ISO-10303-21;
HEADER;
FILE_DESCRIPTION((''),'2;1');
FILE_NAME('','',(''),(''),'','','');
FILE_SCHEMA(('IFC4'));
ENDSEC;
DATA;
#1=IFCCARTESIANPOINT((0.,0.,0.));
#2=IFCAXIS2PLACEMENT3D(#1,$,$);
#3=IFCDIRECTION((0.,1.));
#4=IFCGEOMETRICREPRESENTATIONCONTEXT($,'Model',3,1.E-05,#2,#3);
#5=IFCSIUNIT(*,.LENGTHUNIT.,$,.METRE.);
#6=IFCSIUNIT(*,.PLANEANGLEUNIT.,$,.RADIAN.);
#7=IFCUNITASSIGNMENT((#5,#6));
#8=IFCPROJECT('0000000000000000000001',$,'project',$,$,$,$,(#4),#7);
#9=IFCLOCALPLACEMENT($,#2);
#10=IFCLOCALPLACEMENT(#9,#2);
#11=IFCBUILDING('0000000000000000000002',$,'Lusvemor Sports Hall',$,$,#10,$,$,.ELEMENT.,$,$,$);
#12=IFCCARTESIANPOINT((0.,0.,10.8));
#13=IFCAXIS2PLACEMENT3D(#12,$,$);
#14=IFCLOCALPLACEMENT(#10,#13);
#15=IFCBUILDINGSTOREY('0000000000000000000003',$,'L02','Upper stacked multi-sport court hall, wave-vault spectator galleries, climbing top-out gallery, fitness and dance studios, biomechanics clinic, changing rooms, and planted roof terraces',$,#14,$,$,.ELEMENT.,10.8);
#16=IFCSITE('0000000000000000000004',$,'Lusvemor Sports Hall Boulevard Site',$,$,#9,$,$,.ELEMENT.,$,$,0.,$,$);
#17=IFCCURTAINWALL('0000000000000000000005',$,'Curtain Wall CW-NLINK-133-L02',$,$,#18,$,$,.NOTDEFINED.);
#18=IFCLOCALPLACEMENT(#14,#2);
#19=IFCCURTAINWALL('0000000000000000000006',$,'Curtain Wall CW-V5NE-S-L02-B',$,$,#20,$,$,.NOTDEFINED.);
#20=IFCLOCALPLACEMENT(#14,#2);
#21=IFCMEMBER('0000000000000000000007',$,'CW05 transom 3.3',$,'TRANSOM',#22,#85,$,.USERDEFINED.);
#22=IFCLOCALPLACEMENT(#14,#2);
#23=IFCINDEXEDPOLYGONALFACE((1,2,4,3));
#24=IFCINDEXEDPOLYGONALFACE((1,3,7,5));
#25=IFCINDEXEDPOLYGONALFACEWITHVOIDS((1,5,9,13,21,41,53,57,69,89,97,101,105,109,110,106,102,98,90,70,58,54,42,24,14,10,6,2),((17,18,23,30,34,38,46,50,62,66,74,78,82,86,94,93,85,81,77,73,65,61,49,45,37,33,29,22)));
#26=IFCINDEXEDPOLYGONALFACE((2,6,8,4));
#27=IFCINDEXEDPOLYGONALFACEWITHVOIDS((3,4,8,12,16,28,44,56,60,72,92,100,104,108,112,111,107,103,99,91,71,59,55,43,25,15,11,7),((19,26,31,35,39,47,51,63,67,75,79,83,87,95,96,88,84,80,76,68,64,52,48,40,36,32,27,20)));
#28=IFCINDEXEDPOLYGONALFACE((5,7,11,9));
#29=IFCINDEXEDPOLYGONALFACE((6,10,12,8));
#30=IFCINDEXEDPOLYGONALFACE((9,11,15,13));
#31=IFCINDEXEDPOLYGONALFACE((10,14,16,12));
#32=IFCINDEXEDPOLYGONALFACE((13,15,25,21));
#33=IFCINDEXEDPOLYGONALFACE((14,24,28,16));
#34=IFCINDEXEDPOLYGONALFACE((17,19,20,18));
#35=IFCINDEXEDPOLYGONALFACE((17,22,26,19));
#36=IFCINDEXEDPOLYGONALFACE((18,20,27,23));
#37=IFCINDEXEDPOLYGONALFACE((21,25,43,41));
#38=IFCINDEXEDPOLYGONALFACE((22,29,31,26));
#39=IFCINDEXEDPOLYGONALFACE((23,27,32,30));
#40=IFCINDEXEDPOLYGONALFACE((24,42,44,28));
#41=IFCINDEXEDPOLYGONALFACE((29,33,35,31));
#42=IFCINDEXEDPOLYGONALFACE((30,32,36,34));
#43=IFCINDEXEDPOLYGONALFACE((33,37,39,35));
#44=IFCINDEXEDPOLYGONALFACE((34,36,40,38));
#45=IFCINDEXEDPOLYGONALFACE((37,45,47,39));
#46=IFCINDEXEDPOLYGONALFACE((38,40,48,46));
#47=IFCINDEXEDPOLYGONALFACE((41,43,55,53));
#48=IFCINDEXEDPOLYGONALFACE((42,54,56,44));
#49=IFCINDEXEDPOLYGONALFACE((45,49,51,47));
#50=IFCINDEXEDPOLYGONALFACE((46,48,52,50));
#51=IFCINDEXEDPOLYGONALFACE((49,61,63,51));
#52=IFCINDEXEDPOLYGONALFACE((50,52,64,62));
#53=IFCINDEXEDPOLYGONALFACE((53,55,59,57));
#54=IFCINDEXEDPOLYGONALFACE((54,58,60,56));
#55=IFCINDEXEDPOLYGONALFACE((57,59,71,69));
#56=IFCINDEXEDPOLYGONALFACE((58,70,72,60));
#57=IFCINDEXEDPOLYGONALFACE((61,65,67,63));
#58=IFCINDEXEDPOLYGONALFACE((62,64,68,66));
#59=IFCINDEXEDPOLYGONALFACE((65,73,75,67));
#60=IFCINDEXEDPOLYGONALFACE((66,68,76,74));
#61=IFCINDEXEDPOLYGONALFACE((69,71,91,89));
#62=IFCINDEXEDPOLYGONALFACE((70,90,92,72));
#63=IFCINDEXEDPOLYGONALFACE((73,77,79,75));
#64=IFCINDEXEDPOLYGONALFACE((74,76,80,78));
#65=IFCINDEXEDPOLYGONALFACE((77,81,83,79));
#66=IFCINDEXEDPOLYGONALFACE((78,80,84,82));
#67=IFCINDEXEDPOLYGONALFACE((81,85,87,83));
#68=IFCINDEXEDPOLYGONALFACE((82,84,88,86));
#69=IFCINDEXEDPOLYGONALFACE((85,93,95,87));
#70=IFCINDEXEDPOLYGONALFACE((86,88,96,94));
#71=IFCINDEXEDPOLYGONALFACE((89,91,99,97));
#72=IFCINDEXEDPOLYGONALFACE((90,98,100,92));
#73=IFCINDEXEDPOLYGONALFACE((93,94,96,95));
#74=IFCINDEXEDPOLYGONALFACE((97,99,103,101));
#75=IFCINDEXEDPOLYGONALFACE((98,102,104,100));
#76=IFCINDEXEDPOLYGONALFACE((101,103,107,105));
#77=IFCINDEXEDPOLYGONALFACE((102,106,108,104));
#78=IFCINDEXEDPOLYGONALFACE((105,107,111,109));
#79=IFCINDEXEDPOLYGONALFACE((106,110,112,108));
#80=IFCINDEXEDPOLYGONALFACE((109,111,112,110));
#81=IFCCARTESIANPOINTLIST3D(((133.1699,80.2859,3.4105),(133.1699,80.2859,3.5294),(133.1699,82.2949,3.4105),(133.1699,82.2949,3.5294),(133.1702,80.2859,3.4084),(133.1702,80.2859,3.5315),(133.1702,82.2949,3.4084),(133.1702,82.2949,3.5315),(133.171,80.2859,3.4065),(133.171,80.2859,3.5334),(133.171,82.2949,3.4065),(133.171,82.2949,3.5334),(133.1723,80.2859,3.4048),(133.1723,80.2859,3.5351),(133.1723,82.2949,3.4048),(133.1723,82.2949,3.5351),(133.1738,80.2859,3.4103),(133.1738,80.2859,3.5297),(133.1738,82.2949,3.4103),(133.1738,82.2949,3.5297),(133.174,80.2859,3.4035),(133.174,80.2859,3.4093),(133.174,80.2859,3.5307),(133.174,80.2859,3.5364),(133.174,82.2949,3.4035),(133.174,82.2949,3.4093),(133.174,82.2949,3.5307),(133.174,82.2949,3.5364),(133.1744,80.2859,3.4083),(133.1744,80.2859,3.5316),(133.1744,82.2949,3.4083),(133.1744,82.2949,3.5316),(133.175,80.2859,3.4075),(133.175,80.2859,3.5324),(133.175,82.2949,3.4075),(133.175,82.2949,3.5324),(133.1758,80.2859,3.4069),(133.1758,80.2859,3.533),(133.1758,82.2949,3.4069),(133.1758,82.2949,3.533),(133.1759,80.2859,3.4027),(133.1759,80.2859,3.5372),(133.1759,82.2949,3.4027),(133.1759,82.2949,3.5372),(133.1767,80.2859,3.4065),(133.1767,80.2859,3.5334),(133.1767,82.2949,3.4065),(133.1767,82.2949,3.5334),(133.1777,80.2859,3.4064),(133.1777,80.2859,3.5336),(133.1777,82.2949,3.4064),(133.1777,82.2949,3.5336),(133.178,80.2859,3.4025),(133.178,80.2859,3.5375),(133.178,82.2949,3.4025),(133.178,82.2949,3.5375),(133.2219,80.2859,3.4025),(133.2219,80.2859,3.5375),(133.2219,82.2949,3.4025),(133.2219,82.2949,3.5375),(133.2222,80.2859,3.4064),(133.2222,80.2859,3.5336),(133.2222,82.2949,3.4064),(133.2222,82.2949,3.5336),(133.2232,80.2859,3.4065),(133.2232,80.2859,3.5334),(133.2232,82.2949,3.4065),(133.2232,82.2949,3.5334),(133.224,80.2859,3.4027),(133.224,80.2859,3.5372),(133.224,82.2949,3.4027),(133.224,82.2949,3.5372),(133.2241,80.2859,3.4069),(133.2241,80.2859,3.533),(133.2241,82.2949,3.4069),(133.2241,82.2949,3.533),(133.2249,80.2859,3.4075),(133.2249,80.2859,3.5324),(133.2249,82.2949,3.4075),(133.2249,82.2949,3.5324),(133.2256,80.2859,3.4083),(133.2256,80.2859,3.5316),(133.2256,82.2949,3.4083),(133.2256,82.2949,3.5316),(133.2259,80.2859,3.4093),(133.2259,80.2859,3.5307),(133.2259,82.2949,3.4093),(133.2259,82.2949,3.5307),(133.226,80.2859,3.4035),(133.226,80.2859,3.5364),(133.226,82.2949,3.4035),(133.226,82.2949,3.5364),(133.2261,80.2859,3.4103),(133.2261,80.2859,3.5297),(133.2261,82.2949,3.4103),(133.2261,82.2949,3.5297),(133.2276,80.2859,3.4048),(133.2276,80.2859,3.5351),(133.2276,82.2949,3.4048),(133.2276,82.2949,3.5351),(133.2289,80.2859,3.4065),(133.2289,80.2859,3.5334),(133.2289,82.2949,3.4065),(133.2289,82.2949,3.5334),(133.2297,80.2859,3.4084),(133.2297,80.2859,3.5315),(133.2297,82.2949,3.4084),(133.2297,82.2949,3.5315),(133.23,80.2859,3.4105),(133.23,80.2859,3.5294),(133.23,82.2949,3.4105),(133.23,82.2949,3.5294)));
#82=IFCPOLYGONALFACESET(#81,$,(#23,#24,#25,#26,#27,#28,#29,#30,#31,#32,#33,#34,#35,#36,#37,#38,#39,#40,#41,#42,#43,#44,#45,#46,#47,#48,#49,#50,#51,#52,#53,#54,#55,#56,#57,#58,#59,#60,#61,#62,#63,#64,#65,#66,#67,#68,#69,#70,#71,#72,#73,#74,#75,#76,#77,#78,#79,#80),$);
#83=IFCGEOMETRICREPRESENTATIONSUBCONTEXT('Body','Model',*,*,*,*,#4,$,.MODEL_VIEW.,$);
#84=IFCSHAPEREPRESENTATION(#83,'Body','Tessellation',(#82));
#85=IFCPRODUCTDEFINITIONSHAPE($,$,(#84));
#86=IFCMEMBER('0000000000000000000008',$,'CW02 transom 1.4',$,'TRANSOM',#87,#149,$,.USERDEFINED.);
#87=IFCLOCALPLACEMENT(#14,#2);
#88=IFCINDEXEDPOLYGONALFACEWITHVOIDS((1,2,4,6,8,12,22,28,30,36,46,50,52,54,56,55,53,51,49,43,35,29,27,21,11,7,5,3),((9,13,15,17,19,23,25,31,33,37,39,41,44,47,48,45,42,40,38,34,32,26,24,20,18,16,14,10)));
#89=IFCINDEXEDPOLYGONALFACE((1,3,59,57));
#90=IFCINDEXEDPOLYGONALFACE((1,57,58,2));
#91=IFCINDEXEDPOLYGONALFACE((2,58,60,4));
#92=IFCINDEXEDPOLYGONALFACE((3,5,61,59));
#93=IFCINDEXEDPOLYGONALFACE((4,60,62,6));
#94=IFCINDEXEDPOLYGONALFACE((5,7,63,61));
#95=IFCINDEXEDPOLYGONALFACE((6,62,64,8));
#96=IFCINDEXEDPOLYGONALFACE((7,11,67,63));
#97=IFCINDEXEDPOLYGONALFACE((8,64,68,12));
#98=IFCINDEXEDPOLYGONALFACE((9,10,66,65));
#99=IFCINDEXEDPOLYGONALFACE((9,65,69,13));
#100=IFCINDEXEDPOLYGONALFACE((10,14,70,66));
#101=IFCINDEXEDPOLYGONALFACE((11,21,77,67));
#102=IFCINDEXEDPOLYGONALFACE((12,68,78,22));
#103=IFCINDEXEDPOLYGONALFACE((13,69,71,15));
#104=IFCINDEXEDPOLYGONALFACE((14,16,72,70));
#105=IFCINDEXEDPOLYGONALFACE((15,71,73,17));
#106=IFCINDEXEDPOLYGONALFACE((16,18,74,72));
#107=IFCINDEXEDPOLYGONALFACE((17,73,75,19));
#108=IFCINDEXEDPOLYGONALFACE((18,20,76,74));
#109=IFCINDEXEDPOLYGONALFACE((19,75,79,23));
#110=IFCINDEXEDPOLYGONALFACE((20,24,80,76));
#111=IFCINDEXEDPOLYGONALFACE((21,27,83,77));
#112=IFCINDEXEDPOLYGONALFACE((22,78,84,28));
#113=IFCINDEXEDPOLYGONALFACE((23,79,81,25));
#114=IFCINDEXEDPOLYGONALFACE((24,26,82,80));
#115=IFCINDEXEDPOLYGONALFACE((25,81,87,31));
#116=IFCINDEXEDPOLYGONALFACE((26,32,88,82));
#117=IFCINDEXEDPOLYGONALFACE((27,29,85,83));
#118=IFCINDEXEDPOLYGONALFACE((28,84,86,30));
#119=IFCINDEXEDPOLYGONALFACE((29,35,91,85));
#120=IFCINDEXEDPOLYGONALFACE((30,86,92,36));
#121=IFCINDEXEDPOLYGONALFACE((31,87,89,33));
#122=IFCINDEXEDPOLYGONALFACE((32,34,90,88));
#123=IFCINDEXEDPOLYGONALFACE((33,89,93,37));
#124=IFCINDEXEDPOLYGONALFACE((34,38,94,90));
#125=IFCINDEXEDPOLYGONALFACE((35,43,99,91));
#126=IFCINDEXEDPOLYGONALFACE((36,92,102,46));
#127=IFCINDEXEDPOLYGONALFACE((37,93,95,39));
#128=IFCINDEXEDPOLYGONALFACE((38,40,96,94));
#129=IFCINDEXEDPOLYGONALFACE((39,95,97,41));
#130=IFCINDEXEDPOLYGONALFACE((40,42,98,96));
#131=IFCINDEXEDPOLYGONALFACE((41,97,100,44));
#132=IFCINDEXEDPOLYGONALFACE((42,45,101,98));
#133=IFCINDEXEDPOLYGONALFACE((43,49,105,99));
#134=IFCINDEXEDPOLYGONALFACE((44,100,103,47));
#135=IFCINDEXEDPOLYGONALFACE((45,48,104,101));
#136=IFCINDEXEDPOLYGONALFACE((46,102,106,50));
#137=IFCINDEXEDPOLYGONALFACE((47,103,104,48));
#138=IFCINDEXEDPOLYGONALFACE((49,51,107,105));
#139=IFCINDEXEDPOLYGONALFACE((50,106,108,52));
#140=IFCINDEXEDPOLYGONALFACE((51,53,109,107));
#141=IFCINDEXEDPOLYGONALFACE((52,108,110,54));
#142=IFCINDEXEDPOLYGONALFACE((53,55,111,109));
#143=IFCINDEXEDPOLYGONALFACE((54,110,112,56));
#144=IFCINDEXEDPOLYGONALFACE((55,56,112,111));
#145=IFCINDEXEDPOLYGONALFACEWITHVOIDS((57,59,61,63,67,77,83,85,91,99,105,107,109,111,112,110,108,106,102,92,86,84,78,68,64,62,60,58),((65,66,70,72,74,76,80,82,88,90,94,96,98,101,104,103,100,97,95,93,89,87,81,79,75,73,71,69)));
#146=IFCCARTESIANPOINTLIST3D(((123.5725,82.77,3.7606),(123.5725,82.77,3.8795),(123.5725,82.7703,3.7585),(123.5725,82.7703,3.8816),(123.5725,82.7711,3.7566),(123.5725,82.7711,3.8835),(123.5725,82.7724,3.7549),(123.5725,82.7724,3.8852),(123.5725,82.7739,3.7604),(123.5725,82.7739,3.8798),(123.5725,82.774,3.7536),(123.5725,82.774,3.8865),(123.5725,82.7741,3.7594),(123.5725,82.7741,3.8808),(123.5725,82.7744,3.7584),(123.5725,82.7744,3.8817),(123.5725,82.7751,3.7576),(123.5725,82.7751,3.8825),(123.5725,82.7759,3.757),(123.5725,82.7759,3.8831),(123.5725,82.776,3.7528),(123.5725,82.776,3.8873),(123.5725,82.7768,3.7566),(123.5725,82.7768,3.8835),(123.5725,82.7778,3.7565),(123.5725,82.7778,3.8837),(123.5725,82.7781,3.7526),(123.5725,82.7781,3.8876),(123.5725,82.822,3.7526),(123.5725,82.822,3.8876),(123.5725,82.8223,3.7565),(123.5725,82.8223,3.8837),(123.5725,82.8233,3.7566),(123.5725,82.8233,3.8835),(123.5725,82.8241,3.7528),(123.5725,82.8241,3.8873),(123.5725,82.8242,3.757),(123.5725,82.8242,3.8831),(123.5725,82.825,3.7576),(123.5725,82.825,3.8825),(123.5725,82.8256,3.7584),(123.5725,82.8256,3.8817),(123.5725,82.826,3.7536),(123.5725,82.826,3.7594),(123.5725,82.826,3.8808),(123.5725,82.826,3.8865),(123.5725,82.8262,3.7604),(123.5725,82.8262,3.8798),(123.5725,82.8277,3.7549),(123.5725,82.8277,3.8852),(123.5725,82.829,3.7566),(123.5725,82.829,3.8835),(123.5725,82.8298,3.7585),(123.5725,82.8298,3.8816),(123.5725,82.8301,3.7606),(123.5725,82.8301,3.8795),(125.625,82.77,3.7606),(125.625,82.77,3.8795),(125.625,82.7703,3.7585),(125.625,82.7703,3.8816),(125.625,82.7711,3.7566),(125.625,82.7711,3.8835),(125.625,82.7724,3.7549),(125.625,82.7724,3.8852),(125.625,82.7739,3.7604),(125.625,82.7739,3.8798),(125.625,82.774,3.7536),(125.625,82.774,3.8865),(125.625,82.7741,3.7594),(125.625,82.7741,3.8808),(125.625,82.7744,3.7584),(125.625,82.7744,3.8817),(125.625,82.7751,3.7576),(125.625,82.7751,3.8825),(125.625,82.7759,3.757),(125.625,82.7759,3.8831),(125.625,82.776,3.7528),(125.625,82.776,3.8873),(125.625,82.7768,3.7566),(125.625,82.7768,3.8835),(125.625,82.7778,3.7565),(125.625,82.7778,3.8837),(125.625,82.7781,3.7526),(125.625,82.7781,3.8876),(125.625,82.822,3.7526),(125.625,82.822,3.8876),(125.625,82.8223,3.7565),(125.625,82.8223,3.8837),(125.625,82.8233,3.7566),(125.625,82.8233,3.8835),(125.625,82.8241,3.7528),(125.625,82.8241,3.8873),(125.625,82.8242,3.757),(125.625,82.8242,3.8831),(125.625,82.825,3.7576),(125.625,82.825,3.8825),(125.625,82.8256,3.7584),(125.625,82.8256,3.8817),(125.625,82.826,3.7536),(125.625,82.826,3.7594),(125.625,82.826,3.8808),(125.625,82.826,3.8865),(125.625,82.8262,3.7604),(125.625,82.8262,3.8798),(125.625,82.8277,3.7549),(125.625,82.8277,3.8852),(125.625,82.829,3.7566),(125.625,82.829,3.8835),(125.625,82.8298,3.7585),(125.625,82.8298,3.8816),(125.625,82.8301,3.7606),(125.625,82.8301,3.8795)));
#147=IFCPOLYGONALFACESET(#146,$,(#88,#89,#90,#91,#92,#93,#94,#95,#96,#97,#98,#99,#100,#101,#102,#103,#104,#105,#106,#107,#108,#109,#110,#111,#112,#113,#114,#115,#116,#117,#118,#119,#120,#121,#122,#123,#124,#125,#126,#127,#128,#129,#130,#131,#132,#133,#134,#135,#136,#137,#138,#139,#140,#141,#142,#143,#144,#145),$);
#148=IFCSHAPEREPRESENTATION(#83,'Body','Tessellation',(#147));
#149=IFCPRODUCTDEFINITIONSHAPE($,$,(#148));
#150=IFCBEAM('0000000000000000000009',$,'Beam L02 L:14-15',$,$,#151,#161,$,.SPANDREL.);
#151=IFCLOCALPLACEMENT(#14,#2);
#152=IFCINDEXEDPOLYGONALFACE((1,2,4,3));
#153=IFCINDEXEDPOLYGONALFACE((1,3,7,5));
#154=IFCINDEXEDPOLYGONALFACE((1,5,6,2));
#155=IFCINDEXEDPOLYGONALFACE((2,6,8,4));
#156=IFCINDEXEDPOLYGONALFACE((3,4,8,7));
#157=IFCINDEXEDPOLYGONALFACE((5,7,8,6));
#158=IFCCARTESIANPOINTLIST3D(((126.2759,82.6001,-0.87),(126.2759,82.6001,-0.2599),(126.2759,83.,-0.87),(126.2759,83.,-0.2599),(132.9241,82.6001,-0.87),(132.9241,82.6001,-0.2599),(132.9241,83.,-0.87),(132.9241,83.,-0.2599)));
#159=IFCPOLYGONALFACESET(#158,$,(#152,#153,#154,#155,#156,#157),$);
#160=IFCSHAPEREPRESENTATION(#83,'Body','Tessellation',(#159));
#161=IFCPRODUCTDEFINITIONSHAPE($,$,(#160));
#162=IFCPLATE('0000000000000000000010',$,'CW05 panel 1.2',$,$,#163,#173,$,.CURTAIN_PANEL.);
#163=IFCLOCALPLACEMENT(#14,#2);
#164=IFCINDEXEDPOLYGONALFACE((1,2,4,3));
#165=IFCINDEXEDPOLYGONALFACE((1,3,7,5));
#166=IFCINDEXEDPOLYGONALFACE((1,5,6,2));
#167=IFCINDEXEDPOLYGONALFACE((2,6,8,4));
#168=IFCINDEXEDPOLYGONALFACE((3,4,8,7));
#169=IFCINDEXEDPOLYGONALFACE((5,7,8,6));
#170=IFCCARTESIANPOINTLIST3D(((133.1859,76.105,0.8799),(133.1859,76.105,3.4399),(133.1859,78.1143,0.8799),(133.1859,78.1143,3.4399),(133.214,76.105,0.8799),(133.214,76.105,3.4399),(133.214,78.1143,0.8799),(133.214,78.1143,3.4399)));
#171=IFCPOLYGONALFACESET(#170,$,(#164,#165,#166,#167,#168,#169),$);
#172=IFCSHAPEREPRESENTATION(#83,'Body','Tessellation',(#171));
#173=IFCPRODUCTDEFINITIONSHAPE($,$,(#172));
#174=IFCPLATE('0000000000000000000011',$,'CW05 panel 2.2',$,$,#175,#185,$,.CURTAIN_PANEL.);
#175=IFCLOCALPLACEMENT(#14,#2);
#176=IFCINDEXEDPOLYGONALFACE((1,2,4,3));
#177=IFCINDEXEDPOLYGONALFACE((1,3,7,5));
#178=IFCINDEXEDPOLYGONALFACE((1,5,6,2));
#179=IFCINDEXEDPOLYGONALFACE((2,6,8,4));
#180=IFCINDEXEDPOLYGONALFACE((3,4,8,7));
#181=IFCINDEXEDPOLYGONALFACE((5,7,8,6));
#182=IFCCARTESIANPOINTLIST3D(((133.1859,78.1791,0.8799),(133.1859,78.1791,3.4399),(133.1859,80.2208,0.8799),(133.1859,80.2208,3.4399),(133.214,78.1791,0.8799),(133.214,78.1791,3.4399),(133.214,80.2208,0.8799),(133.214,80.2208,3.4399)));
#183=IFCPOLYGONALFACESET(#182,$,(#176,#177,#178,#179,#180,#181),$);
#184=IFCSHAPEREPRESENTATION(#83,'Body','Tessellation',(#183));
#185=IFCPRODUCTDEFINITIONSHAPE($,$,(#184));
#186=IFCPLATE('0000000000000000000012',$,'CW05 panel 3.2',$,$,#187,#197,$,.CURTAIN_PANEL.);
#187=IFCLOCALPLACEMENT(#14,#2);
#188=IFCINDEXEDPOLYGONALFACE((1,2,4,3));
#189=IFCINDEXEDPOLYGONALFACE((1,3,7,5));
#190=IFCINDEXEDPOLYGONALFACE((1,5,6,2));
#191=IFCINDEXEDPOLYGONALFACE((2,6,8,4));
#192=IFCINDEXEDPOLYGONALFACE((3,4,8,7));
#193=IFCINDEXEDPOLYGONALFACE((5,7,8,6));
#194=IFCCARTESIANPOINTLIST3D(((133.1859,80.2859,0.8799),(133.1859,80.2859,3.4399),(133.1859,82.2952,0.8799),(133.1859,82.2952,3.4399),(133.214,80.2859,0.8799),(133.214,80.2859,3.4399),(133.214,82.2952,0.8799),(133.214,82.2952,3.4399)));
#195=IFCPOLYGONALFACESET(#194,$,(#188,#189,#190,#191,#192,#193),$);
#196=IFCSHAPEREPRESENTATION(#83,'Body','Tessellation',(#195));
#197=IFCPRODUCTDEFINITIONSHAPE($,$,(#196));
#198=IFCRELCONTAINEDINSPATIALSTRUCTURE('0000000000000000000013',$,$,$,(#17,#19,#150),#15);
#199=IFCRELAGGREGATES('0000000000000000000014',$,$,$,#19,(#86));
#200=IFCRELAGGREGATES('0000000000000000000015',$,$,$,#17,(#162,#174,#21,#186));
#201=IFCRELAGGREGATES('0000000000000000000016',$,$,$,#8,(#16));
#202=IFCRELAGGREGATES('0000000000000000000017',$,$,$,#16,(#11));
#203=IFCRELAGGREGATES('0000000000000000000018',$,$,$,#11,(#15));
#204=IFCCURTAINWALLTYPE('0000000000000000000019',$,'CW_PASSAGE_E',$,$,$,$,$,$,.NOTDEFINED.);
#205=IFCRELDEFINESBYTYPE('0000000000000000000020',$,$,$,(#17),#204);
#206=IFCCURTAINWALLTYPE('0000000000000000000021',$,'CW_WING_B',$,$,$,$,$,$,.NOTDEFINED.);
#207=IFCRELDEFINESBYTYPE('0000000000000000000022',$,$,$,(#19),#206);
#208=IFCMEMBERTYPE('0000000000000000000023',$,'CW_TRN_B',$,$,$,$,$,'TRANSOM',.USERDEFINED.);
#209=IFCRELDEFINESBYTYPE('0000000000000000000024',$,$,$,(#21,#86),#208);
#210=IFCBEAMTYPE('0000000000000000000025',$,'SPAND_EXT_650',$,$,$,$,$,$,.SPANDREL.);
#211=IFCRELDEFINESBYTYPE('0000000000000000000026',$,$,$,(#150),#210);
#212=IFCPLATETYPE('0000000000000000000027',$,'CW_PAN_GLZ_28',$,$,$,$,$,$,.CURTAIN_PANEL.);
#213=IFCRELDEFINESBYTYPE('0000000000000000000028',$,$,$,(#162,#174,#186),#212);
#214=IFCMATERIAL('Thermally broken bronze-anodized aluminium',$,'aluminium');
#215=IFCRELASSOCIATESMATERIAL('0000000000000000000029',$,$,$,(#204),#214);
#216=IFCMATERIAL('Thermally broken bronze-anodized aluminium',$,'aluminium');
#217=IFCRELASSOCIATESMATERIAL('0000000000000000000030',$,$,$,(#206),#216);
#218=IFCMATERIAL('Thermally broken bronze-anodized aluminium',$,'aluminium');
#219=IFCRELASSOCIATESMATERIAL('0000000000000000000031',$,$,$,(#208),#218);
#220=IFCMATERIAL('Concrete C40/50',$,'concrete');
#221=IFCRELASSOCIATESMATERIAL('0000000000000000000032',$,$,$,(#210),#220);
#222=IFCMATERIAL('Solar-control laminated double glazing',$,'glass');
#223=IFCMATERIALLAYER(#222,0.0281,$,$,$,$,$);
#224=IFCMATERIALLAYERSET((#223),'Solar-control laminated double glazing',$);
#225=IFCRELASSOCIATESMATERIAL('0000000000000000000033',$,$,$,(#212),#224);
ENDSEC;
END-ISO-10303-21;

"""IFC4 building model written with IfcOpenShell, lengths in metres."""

from ifc_helpers import new_model, si_unit, direction, frame, origin, origin_2d, place, context, subcontext, project, spatial, rectangle, hollow_rectangle, extrude, material, layer, layer_set, material_profile, profile_set, type_object, element, aggregate, save


model = new_model("IFC4")

# Units and contexts
model_context = context("Model", 3, precision=1e-05, world=origin(), true_north=direction((0.0, 1.0)))
body_context = subcontext(model_context, "Body", "Model", "MODEL_VIEW")
ifc_project = project(units=[si_unit("LENGTHUNIT", "METRE"), si_unit("PLANEANGLEUNIT", "RADIAN")], contexts=[model_context])

# Site, building, storey
site_placement = place(None, origin())
site = spatial("IfcSite", under=ifc_project, at=site_placement, Name="Lusvemor Sports Hall Boulevard Site", CompositionType="ELEMENT", RefElevation=0.0)
building_placement = place(site_placement, origin())
building = spatial("IfcBuilding", under=site, at=building_placement, Name="Lusvemor Sports Hall", CompositionType="ELEMENT")
storey_placement = place(building_placement, frame((0.0, 0.0, 10.8)))
storey = spatial("IfcBuildingStorey", under=building, at=storey_placement, Name="L02", Description="Upper stacked multi-sport court hall, wave-vault spectator galleries, climbing top-out gallery, fitness and dance studios, biomechanics clinic, changing rooms, and planted roof terraces", CompositionType="ELEMENT", Elevation=10.8)

# Curtain wall
ifc_material_1 = material(Name="Thermally broken bronze-anodized aluminium", Category="aluminium")
curtain_wall_type_1 = type_object("IfcCurtainWallType", Name="CW_PASSAGE_E", PredefinedType="NOTDEFINED", material=ifc_material_1)
curtain_wall_1_placement = place(storey_placement, origin())
curtain_wall_1 = element("IfcCurtainWall", 1, at=curtain_wall_1_placement, inside=storey, type_object=curtain_wall_type_1, Name="Curtain Wall CW-NLINK-133-L02", PredefinedType="NOTDEFINED")

# Curtain wall
ifc_material_2 = material(Name="Thermally broken bronze-anodized aluminium", Category="aluminium")
curtain_wall_type_2 = type_object("IfcCurtainWallType", Name="CW_WING_B", PredefinedType="NOTDEFINED", material=ifc_material_2)
curtain_wall_2_placement = place(storey_placement, origin())
curtain_wall_2 = element("IfcCurtainWall", 2, at=curtain_wall_2_placement, inside=storey, type_object=curtain_wall_type_2, Name="Curtain Wall CW-V5NE-S-L02-B", PredefinedType="NOTDEFINED")

# Members
ifc_material_3 = material(Name="Thermally broken bronze-anodized aluminium", Category="aluminium")
ifc_material_profile_1 = material_profile(ifc_material_3, hollow_rectangle(XDim=0.0601, YDim=0.135, WallThickness=0.0039, InnerFilletRadius=0.0039, OuterFilletRadius=0.0081, at=origin_2d()), Name="CWTRN135x60x4")
ifc_profile_set_1 = profile_set([ifc_material_profile_1], Name="Thermally broken bronze-anodized aluminium")
member_type_1 = type_object("IfcMemberType", Name="CW_TRN_B", ElementType="TRANSOM", PredefinedType="USERDEFINED", material=ifc_profile_set_1)
member_1_placement = place(storey_placement, frame((133.2, 80.2859, 3.47), z_axis=(0.0, 1.0, 0.0), x_axis=(-1.0, 0.0, 0.0)))
member_1 = element("IfcMember", 3, at=member_1_placement, type_object=member_type_1, Name="CW05 transom 3.3", ObjectType="TRANSOM", PredefinedType="USERDEFINED", context=body_context, shape_type="SweptSolid", body=[
    extrude(hollow_rectangle(XDim=0.0601, YDim=0.135, WallThickness=0.0039, InnerFilletRadius=0.0039, OuterFilletRadius=0.0081, at=origin_2d()), origin(), (0.0, 0.0, 1.0), 2.009),
])
member_2_placement = place(storey_placement, frame((125.625, 82.8, 3.8201), z_axis=(-1.0, 0.0, 0.0), x_axis=(0.0, -1.0, 0.0)))
member_2 = element("IfcMember", 4, at=member_2_placement, type_object=member_type_1, Name="CW02 transom 1.4", ObjectType="TRANSOM", PredefinedType="USERDEFINED", context=body_context, shape_type="SweptSolid", body=[
    extrude(hollow_rectangle(XDim=0.0601, YDim=0.135, WallThickness=0.0039, InnerFilletRadius=0.0039, OuterFilletRadius=0.0081, at=origin_2d()), origin(), (0.0, 0.0, 1.0), 2.0525),
])
aggregate(curtain_wall_2, [member_2])

# Beam
ifc_material_4 = material(Name="Concrete C40/50", Category="concrete")
ifc_material_profile_2 = material_profile(ifc_material_4, rectangle(XDim=0.3999, YDim=0.6101, at=origin_2d()), Name="RC400x610")
ifc_profile_set_2 = profile_set([ifc_material_profile_2], Name="Concrete C40/50")
beam_type = type_object("IfcBeamType", Name="SPAND_EXT_650", PredefinedType="SPANDREL", material=ifc_profile_set_2)
beam_placement = place(storey_placement, frame((126.2759, 82.8, -0.5649), z_axis=(1.0, 0.0, 0.0), x_axis=(0.0, 1.0, 0.0)))
element("IfcBeam", 5, at=beam_placement, inside=storey, type_object=beam_type, Name="Beam L02 L:14-15", PredefinedType="SPANDREL", context=body_context, shape_type="SweptSolid", body=[
    extrude(rectangle(XDim=0.3999, YDim=0.6101, at=origin_2d()), origin(), (0.0, 0.0, 1.0), 6.6482),
])

# Plates
ifc_material_5 = material(Name="Solar-control laminated double glazing", Category="glass")
ifc_layer_1 = layer(ifc_material_5, 0.0281)
ifc_layer_set_1 = layer_set([ifc_layer_1], Name="Solar-control laminated double glazing")
plate_type_1 = type_object("IfcPlateType", Name="CW_PAN_GLZ_28", PredefinedType="CURTAIN_PANEL", material=ifc_layer_set_1)
plate_1_placement = place(storey_placement, frame((133.2, 77.1096, 0.8799), z_axis=(0.0, 0.0, 1.0), x_axis=(0.0, 1.0, 0.0)))
plate_1 = element("IfcPlate", 6, at=plate_1_placement, type_object=plate_type_1, Name="CW05 panel 1.2", PredefinedType="CURTAIN_PANEL", context=body_context, shape_type="SweptSolid", body=[
    extrude(rectangle(XDim=2.0093, YDim=0.0281, at=origin_2d()), origin(), (0.0, 0.0, 1.0), 2.5601),
])
plate_2_placement = place(storey_placement, frame((133.2, 79.2, 0.8799), z_axis=(0.0, 0.0, 1.0), x_axis=(0.0, 1.0, 0.0)))
plate_2 = element("IfcPlate", 7, at=plate_2_placement, type_object=plate_type_1, Name="CW05 panel 2.2", PredefinedType="CURTAIN_PANEL", context=body_context, shape_type="SweptSolid", body=[
    extrude(rectangle(XDim=2.0417, YDim=0.0281, at=origin_2d()), origin(), (0.0, 0.0, 1.0), 2.5601),
])
plate_3_placement = place(storey_placement, frame((133.2, 81.2905, 0.8799), z_axis=(0.0, 0.0, 1.0), x_axis=(0.0, 1.0, 0.0)))
plate_3 = element("IfcPlate", 8, at=plate_3_placement, type_object=plate_type_1, Name="CW05 panel 3.2", PredefinedType="CURTAIN_PANEL", context=body_context, shape_type="SweptSolid", body=[
    extrude(rectangle(XDim=2.0093, YDim=0.0281, at=origin_2d()), origin(), (0.0, 0.0, 1.0), 2.5601),
])
aggregate(curtain_wall_1, [plate_1, plate_2, member_1, plate_3])

save(model, "model.ifc")
